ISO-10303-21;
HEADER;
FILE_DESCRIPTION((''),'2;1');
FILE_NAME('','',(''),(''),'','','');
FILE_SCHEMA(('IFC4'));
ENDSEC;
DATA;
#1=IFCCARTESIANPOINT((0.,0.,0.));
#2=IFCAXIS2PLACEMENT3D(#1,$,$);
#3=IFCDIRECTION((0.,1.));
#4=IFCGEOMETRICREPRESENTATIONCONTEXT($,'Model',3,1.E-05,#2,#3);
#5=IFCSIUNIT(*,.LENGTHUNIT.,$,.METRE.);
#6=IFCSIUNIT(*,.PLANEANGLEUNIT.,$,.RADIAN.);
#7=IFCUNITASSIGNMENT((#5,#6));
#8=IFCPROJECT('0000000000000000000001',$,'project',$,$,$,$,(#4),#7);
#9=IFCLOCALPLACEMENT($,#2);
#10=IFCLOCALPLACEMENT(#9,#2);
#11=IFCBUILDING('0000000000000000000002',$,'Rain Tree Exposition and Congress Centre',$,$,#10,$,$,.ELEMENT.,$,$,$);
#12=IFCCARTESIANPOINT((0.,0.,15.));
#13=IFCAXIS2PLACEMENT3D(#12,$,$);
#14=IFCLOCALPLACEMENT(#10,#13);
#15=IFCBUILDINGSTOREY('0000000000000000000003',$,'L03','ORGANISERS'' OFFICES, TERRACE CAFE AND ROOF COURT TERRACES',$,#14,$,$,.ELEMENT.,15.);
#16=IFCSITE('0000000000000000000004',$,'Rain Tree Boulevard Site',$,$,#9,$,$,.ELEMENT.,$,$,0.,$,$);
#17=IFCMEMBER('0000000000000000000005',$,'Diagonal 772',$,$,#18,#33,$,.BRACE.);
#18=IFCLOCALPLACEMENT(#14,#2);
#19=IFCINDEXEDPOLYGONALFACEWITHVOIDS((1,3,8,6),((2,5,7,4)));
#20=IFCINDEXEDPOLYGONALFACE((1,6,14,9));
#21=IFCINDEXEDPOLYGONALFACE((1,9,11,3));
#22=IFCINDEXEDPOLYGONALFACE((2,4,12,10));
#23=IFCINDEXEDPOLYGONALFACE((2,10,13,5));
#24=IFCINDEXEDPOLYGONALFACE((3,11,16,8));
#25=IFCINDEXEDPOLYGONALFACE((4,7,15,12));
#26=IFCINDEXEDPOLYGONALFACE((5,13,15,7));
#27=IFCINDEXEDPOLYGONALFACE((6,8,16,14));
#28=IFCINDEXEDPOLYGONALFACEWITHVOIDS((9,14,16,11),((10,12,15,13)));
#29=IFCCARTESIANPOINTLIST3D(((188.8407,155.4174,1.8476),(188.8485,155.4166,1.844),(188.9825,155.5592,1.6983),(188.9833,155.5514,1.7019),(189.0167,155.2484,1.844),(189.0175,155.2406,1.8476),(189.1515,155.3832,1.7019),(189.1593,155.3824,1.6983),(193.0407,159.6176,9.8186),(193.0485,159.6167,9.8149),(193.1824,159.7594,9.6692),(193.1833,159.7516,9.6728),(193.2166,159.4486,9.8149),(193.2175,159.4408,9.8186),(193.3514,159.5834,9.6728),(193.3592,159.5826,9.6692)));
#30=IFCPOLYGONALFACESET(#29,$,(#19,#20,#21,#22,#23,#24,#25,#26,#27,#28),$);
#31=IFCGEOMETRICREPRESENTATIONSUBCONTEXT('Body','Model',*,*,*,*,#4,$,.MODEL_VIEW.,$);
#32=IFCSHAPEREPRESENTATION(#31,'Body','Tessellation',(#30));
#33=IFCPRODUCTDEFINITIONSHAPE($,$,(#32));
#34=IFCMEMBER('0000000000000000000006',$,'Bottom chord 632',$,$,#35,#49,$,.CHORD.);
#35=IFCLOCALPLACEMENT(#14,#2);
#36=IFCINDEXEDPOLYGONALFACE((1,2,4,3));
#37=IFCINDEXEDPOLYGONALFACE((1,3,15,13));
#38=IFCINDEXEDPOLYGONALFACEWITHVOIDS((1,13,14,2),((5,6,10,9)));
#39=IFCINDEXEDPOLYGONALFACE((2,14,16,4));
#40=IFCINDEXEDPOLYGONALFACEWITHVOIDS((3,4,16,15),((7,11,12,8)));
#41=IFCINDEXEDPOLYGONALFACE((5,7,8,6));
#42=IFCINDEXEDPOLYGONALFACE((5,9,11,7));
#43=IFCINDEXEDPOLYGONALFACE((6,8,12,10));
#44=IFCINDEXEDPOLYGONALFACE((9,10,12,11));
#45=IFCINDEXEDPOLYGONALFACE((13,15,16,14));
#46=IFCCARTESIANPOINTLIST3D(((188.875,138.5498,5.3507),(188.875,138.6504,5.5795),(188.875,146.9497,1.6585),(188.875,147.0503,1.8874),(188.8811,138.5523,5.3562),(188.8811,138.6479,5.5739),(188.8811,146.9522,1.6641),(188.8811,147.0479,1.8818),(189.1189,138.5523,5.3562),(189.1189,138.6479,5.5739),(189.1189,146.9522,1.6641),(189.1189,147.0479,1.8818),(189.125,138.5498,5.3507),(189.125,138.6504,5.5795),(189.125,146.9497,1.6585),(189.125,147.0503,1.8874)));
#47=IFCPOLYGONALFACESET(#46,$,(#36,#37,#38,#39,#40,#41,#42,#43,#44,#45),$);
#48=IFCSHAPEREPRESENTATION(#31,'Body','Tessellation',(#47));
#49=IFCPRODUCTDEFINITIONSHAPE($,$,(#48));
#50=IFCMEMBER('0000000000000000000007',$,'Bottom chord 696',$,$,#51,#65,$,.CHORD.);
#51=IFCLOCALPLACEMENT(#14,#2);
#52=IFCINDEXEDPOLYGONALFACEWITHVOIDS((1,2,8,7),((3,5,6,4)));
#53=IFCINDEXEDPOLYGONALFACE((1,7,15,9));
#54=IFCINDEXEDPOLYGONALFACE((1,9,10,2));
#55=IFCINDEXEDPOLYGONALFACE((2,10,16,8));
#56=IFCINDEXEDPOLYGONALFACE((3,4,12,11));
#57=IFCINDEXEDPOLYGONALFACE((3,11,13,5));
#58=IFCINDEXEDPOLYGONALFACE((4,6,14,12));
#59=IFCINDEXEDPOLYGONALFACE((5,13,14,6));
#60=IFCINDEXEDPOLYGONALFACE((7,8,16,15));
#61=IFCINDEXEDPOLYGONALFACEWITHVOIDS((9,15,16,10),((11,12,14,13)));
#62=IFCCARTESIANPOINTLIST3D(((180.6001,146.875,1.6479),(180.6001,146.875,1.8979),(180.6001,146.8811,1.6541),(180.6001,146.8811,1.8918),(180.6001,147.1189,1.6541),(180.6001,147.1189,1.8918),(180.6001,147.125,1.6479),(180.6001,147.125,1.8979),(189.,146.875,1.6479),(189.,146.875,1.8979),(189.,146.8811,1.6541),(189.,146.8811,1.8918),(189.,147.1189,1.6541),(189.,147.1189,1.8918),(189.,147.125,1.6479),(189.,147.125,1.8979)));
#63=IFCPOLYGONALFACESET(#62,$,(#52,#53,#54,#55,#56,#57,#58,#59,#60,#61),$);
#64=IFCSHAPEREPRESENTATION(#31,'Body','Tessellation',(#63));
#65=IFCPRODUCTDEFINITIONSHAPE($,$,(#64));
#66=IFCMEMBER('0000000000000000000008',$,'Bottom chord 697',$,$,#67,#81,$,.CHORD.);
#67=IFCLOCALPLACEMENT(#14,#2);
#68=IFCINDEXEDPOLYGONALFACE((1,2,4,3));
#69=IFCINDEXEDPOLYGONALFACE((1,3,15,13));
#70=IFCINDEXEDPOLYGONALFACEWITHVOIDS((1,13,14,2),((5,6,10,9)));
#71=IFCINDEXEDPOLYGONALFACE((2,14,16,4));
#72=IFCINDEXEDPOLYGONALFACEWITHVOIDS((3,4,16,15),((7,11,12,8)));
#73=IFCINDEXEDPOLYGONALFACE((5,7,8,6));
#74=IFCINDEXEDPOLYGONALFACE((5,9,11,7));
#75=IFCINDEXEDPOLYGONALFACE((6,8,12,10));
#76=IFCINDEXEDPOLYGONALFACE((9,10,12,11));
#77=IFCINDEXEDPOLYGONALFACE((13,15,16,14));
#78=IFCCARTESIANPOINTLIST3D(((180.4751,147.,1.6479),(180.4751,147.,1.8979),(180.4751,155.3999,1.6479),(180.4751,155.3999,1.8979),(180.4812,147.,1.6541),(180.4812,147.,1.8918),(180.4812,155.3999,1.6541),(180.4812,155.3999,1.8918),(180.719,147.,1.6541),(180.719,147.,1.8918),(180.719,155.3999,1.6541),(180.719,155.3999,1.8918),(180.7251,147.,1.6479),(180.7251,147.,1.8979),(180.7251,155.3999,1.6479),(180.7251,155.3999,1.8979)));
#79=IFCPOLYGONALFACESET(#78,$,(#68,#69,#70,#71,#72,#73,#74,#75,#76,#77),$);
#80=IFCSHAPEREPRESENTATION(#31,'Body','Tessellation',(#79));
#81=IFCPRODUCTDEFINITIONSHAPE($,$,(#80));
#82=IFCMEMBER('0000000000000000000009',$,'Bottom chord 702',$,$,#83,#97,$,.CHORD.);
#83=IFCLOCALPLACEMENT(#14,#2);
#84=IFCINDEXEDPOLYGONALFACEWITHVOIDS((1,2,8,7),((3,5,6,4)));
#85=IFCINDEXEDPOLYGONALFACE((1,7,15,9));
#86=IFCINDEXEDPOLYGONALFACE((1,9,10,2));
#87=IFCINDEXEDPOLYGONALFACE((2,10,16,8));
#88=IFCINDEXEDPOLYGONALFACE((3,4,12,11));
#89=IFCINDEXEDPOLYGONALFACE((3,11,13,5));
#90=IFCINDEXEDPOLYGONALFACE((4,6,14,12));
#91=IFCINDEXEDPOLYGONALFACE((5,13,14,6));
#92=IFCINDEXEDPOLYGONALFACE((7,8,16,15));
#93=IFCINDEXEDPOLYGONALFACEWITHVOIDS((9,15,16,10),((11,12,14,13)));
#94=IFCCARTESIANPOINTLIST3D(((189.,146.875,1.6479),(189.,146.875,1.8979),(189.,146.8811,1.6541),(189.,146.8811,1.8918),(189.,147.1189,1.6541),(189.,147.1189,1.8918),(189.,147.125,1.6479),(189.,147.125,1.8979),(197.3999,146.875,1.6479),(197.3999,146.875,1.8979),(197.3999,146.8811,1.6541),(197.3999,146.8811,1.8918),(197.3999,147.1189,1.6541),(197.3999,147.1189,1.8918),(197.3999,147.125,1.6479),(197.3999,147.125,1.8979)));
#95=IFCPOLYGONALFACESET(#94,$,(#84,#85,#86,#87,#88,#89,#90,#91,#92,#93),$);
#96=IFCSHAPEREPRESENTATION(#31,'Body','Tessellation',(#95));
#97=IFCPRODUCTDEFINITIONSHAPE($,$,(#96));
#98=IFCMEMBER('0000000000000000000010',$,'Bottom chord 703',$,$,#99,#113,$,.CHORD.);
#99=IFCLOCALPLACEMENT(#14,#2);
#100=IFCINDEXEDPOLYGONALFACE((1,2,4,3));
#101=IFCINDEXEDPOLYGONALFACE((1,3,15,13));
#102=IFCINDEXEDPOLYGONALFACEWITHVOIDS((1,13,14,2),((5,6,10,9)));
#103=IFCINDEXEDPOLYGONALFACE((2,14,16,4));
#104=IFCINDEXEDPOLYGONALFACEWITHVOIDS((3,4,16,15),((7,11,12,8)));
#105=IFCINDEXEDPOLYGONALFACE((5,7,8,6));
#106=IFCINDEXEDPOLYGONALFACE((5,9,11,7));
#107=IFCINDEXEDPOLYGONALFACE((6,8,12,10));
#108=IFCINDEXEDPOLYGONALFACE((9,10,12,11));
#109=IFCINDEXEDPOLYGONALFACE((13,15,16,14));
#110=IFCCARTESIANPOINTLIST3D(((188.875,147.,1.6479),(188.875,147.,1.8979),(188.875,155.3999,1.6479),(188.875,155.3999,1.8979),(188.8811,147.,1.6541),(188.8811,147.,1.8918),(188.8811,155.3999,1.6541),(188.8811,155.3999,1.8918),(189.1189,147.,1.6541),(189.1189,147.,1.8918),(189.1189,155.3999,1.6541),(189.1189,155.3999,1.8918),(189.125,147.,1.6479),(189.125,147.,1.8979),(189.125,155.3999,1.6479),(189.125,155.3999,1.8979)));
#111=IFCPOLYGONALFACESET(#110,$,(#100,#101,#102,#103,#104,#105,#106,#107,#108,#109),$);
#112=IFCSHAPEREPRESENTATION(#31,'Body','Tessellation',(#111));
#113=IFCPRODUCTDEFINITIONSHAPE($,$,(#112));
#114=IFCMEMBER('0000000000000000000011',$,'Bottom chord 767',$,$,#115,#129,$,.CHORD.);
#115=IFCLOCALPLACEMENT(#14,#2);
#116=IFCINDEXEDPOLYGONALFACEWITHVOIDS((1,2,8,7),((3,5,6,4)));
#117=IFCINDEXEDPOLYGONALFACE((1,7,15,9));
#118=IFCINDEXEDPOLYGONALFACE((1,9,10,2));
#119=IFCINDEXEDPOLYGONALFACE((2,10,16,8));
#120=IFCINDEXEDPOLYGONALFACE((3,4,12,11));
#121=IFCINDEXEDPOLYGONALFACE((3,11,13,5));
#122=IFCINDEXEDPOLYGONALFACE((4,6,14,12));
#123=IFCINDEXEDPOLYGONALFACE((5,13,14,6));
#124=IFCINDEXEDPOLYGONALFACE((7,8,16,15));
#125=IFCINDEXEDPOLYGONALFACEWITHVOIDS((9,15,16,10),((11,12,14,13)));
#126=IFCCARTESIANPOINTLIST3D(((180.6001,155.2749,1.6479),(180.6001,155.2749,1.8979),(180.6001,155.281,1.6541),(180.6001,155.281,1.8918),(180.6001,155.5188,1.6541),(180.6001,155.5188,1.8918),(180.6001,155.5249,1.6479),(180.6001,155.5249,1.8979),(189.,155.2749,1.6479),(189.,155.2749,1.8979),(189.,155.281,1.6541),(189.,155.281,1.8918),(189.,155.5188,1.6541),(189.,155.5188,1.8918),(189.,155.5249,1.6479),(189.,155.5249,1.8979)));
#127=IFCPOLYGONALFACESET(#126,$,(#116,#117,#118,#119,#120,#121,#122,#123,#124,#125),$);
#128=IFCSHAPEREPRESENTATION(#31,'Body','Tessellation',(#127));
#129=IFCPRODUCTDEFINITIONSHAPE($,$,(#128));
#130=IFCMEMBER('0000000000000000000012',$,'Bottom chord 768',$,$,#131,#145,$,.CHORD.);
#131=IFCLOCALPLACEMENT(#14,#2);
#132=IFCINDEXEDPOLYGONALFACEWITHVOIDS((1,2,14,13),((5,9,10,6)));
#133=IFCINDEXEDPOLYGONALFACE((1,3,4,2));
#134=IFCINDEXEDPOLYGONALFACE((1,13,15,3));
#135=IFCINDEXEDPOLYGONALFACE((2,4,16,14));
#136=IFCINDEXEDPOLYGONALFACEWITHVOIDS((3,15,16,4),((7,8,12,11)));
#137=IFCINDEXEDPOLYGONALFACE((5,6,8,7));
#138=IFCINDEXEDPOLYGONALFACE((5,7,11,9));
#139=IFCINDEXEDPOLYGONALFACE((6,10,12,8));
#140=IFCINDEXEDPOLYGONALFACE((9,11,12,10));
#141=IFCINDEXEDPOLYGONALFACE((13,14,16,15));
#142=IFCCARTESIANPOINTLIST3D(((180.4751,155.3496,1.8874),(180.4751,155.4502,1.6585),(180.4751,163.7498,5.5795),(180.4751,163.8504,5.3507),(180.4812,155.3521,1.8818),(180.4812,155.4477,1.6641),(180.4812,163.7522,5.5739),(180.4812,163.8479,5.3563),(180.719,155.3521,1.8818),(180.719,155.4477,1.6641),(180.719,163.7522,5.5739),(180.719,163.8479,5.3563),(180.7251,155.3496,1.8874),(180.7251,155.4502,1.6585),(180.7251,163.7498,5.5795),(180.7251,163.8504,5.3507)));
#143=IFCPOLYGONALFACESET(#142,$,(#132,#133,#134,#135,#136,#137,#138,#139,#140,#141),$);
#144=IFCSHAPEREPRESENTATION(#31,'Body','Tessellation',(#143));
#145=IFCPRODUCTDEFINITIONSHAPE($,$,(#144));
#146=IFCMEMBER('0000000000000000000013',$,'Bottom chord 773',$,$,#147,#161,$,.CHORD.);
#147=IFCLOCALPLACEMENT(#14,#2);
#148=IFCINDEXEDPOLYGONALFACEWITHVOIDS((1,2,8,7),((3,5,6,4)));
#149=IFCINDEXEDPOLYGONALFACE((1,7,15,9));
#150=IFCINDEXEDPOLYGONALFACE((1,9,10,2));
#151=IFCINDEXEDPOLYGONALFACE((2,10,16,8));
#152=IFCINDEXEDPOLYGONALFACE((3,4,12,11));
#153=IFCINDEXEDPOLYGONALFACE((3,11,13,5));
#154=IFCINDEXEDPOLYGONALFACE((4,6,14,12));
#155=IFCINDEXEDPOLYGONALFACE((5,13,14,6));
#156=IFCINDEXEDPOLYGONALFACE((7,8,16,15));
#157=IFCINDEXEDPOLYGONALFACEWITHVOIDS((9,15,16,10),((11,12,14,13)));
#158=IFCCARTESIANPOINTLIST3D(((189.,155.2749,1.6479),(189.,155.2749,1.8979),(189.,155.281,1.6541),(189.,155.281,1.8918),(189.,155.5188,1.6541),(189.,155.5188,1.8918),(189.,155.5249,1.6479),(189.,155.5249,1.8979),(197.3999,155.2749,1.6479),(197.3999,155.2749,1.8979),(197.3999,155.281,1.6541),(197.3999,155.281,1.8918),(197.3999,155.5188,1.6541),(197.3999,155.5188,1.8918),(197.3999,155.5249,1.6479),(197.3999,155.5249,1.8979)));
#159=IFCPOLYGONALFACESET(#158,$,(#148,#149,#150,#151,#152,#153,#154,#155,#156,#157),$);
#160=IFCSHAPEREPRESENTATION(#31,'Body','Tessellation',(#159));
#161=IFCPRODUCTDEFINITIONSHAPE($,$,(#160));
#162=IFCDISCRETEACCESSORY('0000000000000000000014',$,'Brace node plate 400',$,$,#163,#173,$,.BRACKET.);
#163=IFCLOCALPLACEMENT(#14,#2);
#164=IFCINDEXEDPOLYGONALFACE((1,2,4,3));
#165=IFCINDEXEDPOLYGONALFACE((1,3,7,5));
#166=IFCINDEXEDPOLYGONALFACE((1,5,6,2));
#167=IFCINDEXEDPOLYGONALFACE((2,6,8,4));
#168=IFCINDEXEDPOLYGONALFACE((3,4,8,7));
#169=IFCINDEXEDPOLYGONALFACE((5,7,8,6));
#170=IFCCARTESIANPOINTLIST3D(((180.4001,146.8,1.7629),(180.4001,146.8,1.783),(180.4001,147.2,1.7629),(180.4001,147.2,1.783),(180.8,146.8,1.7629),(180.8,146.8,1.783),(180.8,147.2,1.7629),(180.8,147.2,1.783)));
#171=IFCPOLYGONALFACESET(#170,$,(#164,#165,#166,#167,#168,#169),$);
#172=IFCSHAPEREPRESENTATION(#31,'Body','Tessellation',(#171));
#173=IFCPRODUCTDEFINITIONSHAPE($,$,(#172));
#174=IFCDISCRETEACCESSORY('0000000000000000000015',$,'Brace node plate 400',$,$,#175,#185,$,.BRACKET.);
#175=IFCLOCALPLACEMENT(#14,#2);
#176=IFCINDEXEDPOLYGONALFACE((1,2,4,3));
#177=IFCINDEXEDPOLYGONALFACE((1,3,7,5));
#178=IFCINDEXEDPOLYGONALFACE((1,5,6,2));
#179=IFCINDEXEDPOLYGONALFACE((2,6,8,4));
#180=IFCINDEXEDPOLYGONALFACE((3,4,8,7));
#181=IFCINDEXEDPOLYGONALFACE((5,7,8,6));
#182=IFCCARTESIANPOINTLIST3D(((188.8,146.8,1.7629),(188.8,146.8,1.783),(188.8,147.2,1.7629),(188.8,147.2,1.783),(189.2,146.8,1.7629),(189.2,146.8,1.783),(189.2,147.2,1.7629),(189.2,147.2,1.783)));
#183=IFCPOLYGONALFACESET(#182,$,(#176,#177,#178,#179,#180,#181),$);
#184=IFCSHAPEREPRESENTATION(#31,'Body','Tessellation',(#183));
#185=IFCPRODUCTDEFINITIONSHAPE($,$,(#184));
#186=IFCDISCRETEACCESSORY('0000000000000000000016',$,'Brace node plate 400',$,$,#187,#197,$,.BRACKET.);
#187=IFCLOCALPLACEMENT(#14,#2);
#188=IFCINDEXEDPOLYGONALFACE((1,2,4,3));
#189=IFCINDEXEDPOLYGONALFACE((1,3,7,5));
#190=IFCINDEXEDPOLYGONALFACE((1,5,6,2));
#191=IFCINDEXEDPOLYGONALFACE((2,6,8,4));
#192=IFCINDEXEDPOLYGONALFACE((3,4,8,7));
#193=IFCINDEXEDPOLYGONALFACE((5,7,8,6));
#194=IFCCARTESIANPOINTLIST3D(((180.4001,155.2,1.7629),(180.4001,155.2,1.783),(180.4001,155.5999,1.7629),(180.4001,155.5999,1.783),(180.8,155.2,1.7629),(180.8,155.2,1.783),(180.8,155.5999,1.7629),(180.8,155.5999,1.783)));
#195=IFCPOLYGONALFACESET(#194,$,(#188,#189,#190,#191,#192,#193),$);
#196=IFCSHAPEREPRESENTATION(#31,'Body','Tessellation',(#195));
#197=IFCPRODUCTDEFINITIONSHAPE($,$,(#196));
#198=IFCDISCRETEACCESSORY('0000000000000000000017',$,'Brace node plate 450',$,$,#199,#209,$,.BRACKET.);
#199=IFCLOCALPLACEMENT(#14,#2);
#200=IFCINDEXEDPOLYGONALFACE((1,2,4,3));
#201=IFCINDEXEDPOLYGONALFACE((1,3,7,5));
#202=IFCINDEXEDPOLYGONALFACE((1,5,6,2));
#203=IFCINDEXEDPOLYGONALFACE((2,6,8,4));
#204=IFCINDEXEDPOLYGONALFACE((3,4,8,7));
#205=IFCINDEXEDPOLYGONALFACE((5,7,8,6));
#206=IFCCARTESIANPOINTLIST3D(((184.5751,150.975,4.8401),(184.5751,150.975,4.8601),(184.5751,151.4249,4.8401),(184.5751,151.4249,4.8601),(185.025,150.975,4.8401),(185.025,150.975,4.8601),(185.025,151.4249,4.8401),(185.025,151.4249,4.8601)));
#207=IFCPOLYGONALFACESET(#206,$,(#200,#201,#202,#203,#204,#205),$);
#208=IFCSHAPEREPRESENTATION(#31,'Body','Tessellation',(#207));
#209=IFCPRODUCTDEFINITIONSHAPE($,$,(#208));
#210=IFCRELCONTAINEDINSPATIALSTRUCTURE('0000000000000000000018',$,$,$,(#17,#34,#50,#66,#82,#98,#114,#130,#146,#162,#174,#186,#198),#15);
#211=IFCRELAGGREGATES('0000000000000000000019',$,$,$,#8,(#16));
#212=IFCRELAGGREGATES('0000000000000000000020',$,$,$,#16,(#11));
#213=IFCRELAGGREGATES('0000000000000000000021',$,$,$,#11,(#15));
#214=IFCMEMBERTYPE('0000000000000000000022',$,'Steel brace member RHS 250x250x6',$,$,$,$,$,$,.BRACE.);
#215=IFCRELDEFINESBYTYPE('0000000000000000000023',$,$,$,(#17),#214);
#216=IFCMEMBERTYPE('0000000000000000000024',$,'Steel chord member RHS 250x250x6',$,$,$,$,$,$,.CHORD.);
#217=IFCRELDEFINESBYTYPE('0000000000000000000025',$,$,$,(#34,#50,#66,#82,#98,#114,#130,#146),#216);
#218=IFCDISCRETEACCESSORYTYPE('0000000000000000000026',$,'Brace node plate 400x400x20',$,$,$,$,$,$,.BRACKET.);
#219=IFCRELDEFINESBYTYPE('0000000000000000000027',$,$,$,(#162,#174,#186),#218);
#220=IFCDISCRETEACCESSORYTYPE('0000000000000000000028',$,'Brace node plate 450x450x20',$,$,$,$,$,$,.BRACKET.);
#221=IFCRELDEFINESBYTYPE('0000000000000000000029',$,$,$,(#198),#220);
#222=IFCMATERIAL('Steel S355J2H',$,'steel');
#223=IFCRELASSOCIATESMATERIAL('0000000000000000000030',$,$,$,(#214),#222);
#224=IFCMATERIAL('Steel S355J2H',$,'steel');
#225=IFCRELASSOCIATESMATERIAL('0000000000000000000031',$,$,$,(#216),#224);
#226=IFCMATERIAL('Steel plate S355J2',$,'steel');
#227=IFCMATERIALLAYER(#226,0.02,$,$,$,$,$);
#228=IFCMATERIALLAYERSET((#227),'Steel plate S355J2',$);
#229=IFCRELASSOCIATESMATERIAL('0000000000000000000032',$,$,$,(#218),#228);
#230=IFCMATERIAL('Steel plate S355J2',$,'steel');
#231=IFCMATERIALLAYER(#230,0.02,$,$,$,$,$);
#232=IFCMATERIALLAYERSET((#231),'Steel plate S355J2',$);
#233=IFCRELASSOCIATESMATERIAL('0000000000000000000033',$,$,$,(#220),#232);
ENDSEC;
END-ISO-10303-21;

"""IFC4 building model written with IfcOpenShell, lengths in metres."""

from ifc_helpers import new_model, si_unit, direction, frame, origin, origin_2d, place, context, subcontext, project, spatial, rectangle, hollow_rectangle, extrude, material, layer, layer_set, material_profile, profile_set, type_object, element, save


model = new_model("IFC4")

# Units and contexts
model_context = context("Model", 3, precision=1e-05, world=origin(), true_north=direction((0.0, 1.0)))
body_context = subcontext(model_context, "Body", "Model", "MODEL_VIEW")
ifc_project = project(units=[si_unit("LENGTHUNIT", "METRE"), si_unit("PLANEANGLEUNIT", "RADIAN")], contexts=[model_context])

# Site, building, storey
site_placement = place(None, origin())
site = spatial("IfcSite", under=ifc_project, at=site_placement, Name="Rain Tree Boulevard Site", CompositionType="ELEMENT", RefElevation=0.0)
building_placement = place(site_placement, origin())
building = spatial("IfcBuilding", under=site, at=building_placement, Name="Rain Tree Exposition and Congress Centre", CompositionType="ELEMENT")
storey_placement = place(building_placement, frame((0.0, 0.0, 15.0)))
storey = spatial("IfcBuildingStorey", under=building, at=storey_placement, Name="L03", Description="ORGANISERS' OFFICES, TERRACE CAFE AND ROOF COURT TERRACES", CompositionType="ELEMENT", Elevation=15.0)

# Members
ifc_material_1 = material(Name="Steel S355J2H", Category="steel")
ifc_material_profile_1 = material_profile(ifc_material_1, hollow_rectangle(XDim=0.25, YDim=0.25, WallThickness=0.0061, at=origin_2d()), Name="RHS 250x250x6")
ifc_profile_set_1 = profile_set([ifc_material_profile_1], Name="Steel S355J2H")
member_type_1 = type_object("IfcMemberType", Name="Steel brace member RHS 250x250x6", PredefinedType="BRACE", material=ifc_profile_set_1)
for number, where, z_axis, x_axis, name in (
    (1, (189.0, 155.3999, 1.7729), (0.422501, 0.422526, 0.801851), (-0.707127, 0.707086, 0.0), "Diagonal 772"),
):
    element("IfcMember", number, at=place(storey_placement, frame(where, z_axis=z_axis, x_axis=x_axis)), inside=storey, type_object=member_type_1, Name=name, PredefinedType="BRACE", context=body_context, shape_type="SweptSolid", body=[
        extrude(hollow_rectangle(XDim=0.25, YDim=0.25, WallThickness=0.0061, at=origin_2d()), origin(), (0.0, 0.0, 1.0), 9.9407),
    ])
ifc_material_2 = material(Name="Steel S355J2H", Category="steel")
ifc_material_profile_2 = material_profile(ifc_material_2, hollow_rectangle(XDim=0.25, YDim=0.25, WallThickness=0.0061, at=origin_2d()), Name="RHS 250x250x6")
ifc_profile_set_2 = profile_set([ifc_material_profile_2], Name="Steel S355J2H")
member_type_2 = type_object("IfcMemberType", Name="Steel chord member RHS 250x250x6", PredefinedType="CHORD", material=ifc_profile_set_2)
member_1_placement = place(storey_placement, frame((189.0, 138.6001, 5.4651), z_axis=(0.0, 0.915468, -0.40239), x_axis=(-1.0, 0.0, 0.0)))
element("IfcMember", 2, at=member_1_placement, inside=storey, type_object=member_type_2, Name="Bottom chord 632", PredefinedType="CHORD", context=body_context, shape_type="SweptSolid", body=[
    extrude(hollow_rectangle(XDim=0.25, YDim=0.25, WallThickness=0.0061, at=origin_2d()), origin(), (0.0, 0.0, 1.0), 9.1755),
])
for number, where, z_axis, x_axis, name in (
    (3, (180.6001, 147.0, 1.7729), (1.0, 0.0, 0.0), (0.0, 1.0, 0.0), "Bottom chord 696"),
    (4, (180.6001, 147.0, 1.7729), (0.0, 1.0, 0.0), (-1.0, 0.0, 0.0), "Bottom chord 697"),
    (5, (189.0, 147.0, 1.7729), (1.0, 0.0, 0.0), (0.0, 1.0, 0.0), "Bottom chord 702"),
    (6, (189.0, 147.0, 1.7729), (0.0, 1.0, 0.0), (-1.0, 0.0, 0.0), "Bottom chord 703"),
    (7, (180.6001, 155.3999, 1.7729), (1.0, 0.0, 0.0), (0.0, 1.0, 0.0), "Bottom chord 767"),
):
    element("IfcMember", number, at=place(storey_placement, frame(where, z_axis=z_axis, x_axis=x_axis)), inside=storey, type_object=member_type_2, Name=name, PredefinedType="CHORD", context=body_context, shape_type="SweptSolid", body=[
        extrude(hollow_rectangle(XDim=0.25, YDim=0.25, WallThickness=0.0061, at=origin_2d()), origin(), (0.0, 0.0, 1.0), 8.3999),
    ])
member_2_placement = place(storey_placement, frame((180.6001, 155.3999, 1.7729), z_axis=(0.0, 0.915473, 0.40238), x_axis=(-1.0, 0.0, 0.0)))
element("IfcMember", 8, at=member_2_placement, inside=storey, type_object=member_type_2, Name="Bottom chord 768", PredefinedType="CHORD", context=body_context, shape_type="SweptSolid", body=[
    extrude(hollow_rectangle(XDim=0.25, YDim=0.25, WallThickness=0.0061, at=origin_2d()), origin(), (0.0, 0.0, 1.0), 9.1758),
])
member_3_placement = place(storey_placement, frame((189.0, 155.3999, 1.7729), z_axis=(1.0, 0.0, 0.0), x_axis=(0.0, 1.0, 0.0)))
element("IfcMember", 9, at=member_3_placement, inside=storey, type_object=member_type_2, Name="Bottom chord 773", PredefinedType="CHORD", context=body_context, shape_type="SweptSolid", body=[
    extrude(hollow_rectangle(XDim=0.25, YDim=0.25, WallThickness=0.0061, at=origin_2d()), origin(), (0.0, 0.0, 1.0), 8.3999),
])

# Discrete accessories
ifc_material_3 = material(Name="Steel plate S355J2", Category="steel")
ifc_layer_1 = layer(ifc_material_3, 0.02)
ifc_layer_set_1 = layer_set([ifc_layer_1], Name="Steel plate S355J2")
discrete_accessory_type_1 = type_object("IfcDiscreteAccessoryType", Name="Brace node plate 400x400x20", PredefinedType="BRACKET", material=ifc_layer_set_1)
for number, where, z_axis, x_axis, name in (
    (10, (180.6001, 147.0, 1.7629), (0.0, 0.0, 1.0), (1.0, 0.0, 0.0), "Brace node plate 400"),
    (11, (189.0, 147.0, 1.7629), (0.0, 0.0, 1.0), (1.0, 0.0, 0.0), "Brace node plate 400"),
    (12, (180.6001, 155.3999, 1.7629), (0.0, 0.0, 1.0), (1.0, 0.0, 0.0), "Brace node plate 400"),
):
    element("IfcDiscreteAccessory", number, at=place(storey_placement, frame(where, z_axis=z_axis, x_axis=x_axis)), inside=storey, type_object=discrete_accessory_type_1, Name=name, PredefinedType="BRACKET", context=body_context, shape_type="SweptSolid", body=[
        extrude(rectangle(XDim=0.3999, YDim=0.3999, at=origin_2d()), origin(), (0.0, 0.0, 1.0), 0.02),
    ])
ifc_material_4 = material(Name="Steel plate S355J2", Category="steel")
ifc_layer_2 = layer(ifc_material_4, 0.02)
ifc_layer_set_2 = layer_set([ifc_layer_2], Name="Steel plate S355J2")
discrete_accessory_type_2 = type_object("IfcDiscreteAccessoryType", Name="Brace node plate 450x450x20", PredefinedType="BRACKET", material=ifc_layer_set_2)
discrete_accessory_placement = place(storey_placement, frame((184.8, 151.2, 4.8401), z_axis=(0.0, 0.0, 1.0), x_axis=(1.0, 0.0, 0.0)))
element("IfcDiscreteAccessory", 13, at=discrete_accessory_placement, inside=storey, type_object=discrete_accessory_type_2, Name="Brace node plate 450", PredefinedType="BRACKET", context=body_context, shape_type="SweptSolid", body=[
    extrude(rectangle(XDim=0.45, YDim=0.45, at=origin_2d()), origin(), (0.0, 0.0, 1.0), 0.02),
])

save(model, "model.ifc")
